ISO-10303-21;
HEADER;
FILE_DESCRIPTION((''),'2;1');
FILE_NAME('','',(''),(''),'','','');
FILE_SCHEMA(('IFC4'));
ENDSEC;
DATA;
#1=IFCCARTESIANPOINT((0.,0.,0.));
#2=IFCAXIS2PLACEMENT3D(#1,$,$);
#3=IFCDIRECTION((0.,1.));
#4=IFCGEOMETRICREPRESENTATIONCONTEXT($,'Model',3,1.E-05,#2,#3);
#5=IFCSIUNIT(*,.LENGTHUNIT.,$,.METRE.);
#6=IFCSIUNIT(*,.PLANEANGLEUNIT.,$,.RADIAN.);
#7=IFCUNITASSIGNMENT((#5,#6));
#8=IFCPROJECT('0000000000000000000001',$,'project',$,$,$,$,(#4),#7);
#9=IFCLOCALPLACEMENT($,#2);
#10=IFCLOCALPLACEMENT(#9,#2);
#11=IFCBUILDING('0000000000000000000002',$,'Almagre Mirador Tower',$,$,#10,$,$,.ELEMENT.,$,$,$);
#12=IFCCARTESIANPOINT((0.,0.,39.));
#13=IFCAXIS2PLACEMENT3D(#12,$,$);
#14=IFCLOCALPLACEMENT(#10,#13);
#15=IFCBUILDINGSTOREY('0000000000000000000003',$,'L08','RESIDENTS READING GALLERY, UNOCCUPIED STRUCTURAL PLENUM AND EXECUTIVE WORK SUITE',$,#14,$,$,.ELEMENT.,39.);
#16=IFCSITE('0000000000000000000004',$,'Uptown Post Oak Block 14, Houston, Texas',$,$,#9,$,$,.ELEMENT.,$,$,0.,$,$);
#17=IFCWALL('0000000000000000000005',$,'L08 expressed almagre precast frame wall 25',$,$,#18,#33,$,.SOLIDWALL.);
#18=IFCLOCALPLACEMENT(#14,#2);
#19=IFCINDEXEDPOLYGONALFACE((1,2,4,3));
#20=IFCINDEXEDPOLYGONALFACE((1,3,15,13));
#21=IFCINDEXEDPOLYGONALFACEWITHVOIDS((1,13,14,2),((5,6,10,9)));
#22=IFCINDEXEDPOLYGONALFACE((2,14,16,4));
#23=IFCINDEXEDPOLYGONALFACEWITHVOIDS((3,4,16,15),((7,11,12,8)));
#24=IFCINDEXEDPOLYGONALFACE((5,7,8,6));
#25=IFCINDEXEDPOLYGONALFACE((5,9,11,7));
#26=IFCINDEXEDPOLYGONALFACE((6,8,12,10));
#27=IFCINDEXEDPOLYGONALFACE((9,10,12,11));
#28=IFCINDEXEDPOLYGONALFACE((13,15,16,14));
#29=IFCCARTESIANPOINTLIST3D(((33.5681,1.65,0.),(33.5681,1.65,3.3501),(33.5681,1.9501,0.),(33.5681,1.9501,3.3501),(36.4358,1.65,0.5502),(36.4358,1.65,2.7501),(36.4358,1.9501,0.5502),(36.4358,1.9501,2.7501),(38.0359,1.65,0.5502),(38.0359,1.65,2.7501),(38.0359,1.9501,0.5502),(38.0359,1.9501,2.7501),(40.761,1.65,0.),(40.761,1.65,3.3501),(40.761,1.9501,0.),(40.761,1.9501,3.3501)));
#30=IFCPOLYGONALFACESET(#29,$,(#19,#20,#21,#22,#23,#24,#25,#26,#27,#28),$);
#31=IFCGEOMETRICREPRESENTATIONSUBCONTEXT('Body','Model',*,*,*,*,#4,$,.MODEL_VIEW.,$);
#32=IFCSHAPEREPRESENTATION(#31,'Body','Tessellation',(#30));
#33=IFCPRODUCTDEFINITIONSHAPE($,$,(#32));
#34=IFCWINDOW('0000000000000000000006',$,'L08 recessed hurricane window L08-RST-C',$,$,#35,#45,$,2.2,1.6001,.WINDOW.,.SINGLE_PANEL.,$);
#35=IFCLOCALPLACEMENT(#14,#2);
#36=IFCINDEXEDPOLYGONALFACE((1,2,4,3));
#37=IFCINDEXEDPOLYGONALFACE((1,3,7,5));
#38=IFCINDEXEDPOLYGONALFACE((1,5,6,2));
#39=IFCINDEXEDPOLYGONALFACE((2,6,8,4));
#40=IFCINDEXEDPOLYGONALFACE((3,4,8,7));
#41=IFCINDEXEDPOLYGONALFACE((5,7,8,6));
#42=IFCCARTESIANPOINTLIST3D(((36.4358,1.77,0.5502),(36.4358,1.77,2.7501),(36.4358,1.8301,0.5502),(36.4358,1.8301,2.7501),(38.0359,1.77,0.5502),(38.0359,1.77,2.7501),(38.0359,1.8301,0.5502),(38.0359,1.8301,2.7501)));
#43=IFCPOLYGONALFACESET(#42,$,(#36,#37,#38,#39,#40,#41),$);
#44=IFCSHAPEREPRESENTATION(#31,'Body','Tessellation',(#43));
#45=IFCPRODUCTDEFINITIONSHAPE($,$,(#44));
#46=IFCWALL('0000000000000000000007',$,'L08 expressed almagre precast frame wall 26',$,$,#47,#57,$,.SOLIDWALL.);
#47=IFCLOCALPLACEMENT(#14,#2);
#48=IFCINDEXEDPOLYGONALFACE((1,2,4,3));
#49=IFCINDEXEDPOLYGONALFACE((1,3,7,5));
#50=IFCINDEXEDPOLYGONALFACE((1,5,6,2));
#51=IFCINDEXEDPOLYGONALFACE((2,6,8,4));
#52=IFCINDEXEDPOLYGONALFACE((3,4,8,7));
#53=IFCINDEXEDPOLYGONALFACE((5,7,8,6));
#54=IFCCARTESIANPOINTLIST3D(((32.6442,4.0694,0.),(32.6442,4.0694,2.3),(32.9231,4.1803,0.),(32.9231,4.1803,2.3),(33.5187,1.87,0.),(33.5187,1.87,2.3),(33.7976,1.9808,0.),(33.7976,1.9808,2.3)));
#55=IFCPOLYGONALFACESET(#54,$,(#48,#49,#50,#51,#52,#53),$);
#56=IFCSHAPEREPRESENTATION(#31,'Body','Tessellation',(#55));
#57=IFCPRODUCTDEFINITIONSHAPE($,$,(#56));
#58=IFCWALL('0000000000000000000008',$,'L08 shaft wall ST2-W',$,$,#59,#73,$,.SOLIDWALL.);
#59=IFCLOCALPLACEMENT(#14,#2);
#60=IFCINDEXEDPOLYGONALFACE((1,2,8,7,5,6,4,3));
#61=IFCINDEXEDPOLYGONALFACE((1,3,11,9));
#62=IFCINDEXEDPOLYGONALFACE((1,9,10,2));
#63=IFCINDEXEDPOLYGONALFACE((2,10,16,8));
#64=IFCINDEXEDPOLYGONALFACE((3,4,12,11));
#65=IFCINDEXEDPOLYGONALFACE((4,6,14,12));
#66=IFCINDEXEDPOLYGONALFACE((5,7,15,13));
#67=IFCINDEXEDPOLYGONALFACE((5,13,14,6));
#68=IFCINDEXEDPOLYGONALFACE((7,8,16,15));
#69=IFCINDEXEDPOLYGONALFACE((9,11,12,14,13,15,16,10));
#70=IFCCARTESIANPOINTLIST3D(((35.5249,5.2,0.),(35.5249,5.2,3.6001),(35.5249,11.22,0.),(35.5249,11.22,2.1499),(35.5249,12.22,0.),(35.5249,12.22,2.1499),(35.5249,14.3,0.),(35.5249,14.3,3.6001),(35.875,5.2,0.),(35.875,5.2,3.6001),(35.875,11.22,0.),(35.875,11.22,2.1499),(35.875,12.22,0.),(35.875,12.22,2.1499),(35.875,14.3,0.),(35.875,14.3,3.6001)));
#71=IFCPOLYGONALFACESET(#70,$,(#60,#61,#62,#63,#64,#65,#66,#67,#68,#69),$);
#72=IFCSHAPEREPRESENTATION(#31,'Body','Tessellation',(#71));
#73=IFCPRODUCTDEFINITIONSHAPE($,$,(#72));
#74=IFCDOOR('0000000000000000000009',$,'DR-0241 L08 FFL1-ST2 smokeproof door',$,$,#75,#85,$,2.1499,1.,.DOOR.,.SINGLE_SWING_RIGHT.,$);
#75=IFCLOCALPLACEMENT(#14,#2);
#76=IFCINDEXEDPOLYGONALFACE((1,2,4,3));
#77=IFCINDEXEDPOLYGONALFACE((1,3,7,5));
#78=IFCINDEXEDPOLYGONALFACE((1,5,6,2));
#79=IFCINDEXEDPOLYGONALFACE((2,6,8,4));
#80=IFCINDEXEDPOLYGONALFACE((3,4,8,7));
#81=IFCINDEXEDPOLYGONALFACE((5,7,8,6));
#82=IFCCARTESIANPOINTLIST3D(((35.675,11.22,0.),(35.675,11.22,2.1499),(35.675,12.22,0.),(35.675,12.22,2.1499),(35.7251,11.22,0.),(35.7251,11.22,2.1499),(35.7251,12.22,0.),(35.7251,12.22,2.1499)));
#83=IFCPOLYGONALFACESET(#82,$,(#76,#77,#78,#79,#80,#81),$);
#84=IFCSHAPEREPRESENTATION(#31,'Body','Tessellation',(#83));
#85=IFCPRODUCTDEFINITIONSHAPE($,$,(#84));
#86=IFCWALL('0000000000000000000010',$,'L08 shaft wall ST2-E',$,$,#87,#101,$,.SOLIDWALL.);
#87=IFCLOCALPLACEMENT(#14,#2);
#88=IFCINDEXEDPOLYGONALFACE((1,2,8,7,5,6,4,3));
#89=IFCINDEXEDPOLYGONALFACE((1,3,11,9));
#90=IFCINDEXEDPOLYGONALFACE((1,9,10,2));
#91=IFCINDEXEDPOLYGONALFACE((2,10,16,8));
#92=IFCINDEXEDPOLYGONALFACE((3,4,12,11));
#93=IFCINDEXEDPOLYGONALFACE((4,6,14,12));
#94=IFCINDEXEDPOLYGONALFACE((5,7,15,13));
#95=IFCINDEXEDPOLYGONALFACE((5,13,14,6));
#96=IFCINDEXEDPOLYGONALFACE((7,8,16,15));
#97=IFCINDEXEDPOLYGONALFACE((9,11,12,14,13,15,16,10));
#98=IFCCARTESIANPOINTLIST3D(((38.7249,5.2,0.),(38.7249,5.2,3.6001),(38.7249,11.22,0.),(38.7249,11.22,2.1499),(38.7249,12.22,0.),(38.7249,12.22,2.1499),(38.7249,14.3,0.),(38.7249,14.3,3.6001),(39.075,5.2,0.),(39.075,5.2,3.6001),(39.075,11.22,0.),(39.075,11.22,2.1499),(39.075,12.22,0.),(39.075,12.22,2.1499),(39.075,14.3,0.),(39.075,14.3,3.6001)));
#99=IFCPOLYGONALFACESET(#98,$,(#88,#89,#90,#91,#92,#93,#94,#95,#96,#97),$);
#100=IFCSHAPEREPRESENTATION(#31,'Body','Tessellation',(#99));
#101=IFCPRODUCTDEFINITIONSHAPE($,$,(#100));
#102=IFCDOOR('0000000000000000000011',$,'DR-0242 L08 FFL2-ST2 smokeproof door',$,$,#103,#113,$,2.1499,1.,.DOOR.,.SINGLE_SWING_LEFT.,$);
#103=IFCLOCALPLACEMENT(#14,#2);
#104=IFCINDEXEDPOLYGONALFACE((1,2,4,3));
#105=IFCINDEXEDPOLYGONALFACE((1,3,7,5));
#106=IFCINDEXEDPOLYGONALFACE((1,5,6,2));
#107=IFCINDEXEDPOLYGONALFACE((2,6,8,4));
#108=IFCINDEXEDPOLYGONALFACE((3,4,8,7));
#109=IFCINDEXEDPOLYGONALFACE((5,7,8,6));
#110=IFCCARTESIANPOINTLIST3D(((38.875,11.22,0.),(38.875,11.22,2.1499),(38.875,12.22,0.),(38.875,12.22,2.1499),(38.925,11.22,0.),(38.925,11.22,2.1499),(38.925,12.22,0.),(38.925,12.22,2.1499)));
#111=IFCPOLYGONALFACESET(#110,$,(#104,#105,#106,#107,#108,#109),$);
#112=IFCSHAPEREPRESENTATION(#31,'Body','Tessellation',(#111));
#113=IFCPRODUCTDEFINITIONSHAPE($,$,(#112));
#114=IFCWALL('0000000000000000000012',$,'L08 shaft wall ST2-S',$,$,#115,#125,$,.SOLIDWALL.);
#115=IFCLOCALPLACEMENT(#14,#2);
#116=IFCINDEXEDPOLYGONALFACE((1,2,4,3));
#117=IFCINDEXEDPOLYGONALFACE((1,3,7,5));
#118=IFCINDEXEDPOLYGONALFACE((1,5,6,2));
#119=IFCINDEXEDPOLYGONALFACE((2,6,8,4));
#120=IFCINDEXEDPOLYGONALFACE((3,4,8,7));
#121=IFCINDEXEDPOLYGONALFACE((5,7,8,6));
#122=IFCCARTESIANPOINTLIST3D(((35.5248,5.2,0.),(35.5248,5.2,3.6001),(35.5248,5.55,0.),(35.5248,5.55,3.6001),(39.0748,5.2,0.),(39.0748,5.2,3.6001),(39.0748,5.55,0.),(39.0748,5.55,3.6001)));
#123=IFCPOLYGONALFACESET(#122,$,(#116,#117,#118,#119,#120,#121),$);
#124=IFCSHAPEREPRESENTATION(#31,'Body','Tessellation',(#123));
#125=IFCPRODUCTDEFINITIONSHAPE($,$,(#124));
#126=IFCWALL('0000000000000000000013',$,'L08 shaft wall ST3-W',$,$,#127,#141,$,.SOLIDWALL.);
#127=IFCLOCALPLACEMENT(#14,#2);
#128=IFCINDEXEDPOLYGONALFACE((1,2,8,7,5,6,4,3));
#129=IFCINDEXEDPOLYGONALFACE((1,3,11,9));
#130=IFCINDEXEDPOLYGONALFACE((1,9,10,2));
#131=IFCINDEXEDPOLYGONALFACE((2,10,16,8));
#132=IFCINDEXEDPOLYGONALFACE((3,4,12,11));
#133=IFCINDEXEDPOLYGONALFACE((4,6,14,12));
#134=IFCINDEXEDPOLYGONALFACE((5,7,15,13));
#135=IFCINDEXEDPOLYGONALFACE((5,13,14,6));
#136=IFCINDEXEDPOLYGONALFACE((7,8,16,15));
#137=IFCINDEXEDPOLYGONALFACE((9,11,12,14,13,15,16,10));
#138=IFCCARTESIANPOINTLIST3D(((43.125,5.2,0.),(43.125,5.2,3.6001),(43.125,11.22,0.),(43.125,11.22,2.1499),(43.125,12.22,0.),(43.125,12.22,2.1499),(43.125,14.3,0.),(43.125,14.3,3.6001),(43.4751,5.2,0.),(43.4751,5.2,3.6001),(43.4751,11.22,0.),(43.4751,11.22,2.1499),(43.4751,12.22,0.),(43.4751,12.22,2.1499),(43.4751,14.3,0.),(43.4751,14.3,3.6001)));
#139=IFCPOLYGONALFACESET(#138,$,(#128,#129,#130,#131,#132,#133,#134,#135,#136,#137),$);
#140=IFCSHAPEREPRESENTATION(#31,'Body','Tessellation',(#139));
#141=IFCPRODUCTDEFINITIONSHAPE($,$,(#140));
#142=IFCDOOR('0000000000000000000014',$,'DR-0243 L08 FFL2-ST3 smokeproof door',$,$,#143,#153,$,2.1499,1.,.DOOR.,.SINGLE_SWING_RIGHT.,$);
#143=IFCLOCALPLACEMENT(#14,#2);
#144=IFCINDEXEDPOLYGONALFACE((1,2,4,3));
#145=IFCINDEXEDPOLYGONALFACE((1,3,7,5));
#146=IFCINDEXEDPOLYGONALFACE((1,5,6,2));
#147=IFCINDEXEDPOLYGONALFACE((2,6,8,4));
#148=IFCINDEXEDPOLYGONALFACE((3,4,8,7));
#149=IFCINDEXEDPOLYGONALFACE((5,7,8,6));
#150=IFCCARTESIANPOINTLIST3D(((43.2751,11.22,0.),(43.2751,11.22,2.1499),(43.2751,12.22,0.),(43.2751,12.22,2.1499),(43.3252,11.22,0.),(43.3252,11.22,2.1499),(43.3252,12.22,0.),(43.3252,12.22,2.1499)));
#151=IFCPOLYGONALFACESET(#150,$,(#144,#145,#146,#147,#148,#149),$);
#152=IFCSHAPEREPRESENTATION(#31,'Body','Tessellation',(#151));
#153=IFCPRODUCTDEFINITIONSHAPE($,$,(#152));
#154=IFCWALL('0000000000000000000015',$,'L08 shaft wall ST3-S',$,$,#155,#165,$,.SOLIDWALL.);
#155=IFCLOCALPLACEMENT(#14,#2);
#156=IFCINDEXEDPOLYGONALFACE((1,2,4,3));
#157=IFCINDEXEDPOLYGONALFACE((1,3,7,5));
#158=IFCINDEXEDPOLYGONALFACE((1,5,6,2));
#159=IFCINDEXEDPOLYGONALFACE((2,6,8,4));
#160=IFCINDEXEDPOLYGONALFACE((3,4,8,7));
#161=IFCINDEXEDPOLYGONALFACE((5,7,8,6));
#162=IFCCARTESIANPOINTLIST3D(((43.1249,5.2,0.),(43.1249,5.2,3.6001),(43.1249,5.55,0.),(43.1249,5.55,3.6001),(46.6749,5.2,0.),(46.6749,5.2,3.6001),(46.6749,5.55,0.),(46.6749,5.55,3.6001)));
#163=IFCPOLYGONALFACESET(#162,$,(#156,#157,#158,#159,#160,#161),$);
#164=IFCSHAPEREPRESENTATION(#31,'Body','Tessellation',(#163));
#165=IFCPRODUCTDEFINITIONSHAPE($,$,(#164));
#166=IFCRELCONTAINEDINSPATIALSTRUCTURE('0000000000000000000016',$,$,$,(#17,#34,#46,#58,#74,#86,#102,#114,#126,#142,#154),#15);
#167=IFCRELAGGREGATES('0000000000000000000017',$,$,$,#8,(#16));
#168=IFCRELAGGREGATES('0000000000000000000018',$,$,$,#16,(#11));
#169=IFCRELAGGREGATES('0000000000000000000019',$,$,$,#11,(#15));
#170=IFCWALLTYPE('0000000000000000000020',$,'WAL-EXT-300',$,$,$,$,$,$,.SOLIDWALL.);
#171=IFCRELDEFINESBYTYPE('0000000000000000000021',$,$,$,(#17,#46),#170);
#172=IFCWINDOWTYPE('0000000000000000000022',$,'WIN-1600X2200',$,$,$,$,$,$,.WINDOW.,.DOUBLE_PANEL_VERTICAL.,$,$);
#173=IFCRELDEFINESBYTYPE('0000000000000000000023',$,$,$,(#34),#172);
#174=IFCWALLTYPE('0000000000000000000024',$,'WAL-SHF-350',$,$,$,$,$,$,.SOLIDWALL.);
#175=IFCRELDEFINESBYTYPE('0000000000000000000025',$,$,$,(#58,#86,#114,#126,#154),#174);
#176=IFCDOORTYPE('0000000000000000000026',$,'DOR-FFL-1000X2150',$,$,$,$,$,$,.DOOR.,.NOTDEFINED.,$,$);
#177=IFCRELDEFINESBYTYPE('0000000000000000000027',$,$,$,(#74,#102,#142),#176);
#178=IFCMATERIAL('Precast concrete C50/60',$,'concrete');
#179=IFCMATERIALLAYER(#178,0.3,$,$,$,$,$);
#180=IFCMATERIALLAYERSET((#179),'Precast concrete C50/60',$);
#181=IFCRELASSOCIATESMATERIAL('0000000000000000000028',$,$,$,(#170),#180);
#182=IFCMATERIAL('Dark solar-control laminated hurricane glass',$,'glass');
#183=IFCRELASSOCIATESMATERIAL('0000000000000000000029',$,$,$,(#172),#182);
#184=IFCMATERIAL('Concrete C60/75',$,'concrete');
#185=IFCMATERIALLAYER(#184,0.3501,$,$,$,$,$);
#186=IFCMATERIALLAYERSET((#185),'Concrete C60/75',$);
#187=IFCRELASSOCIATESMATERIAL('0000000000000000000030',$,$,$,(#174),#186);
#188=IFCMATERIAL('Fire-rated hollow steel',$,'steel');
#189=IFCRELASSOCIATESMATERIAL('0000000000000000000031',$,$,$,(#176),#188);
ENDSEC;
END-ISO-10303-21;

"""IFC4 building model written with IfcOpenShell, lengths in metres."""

from ifc_helpers import new_model, si_unit, direction, frame, frame_2d, origin, place, context, subcontext, project, spatial, rectangle, extrude, material, layer, layer_set, type_object, element, fill, save


model = new_model("IFC4")

# Units and contexts
model_context = context("Model", 3, precision=1e-05, world=origin(), true_north=direction((0.0, 1.0)))
body_context = subcontext(model_context, "Body", "Model", "MODEL_VIEW")
ifc_project = project(units=[si_unit("LENGTHUNIT", "METRE"), si_unit("PLANEANGLEUNIT", "RADIAN")], contexts=[model_context])

# Site, building, storey
site_placement = place(None, origin())
site = spatial("IfcSite", under=ifc_project, at=site_placement, Name="Uptown Post Oak Block 14, Houston, Texas", CompositionType="ELEMENT", RefElevation=0.0)
building_placement = place(site_placement, origin())
building = spatial("IfcBuilding", under=site, at=building_placement, Name="Almagre Mirador Tower", CompositionType="ELEMENT")
storey_placement = place(building_placement, frame((0.0, 0.0, 39.0)))
storey = spatial("IfcBuildingStorey", under=building, at=storey_placement, Name="L08", Description="RESIDENTS READING GALLERY, UNOCCUPIED STRUCTURAL PLENUM AND EXECUTIVE WORK SUITE", CompositionType="ELEMENT", Elevation=39.0)

# Wall, opening, window
ifc_material_1 = material(Name="Precast concrete C50/60", Category="concrete")
ifc_layer_1 = layer(ifc_material_1, 0.3)
ifc_layer_set_1 = layer_set([ifc_layer_1], Name="Precast concrete C50/60")
wall_type_1 = type_object("IfcWallType", Name="WAL-EXT-300", PredefinedType="SOLIDWALL", material=ifc_layer_set_1)
wall_1_placement = place(storey_placement, frame((40.761, 1.8, 0.0), z_axis=(0.0, 0.0, 1.0), x_axis=(-1.0, 0.0, 0.0)))
wall_1 = element("IfcWall", 1, at=wall_1_placement, inside=storey, type_object=wall_type_1, Name="L08 expressed almagre precast frame wall 25", PredefinedType="SOLIDWALL", context=body_context, shape_type="SweptSolid", body=[
    extrude(rectangle(XDim=7.1929, YDim=0.3, at=frame_2d((3.5964, 0.0))), origin(), (0.0, 0.0, 1.0), 3.3501),
])
opening_1_placement = place(wall_1_placement, frame((2.7251, 0.0, 0.55)))
opening_1 = element("IfcOpeningElement", 2, at=opening_1_placement, cuts=wall_1, PredefinedType="OPENING", context=body_context, shape_type="SweptSolid", body=[
    extrude(rectangle(XDim=1.6001, YDim=2.2, at=frame_2d((0.8, 1.1001))), frame((0.0, 0.1599, 0.0), z_axis=(0.0, -1.0, 0.0), x_axis=(1.0, 0.0, 0.0)), (0.0, 0.0, 1.0), 0.32),
])
ifc_material_2 = material(Name="Dark solar-control laminated hurricane glass", Category="glass")
window_type = type_object("IfcWindowType", Name="WIN-1600X2200", PartitioningType="DOUBLE_PANEL_VERTICAL", PredefinedType="WINDOW", material=ifc_material_2)
window_placement = place(opening_1_placement, origin())
window = element("IfcWindow", 3, at=window_placement, inside=storey, type_object=window_type, Name="L08 recessed hurricane window L08-RST-C", OverallHeight=2.2, OverallWidth=1.6001, PartitioningType="SINGLE_PANEL", PredefinedType="WINDOW", context=body_context, shape_type="SweptSolid", body=[
    extrude(rectangle(XDim=1.6001, YDim=2.2, at=frame_2d((0.8, 1.1001))), frame((0.0, 0.03, 0.0), z_axis=(0.0, -1.0, 0.0), x_axis=(1.0, 0.0, 0.0)), (0.0, 0.0, 1.0), 0.0601),
])
fill(opening_1, window)

# Wall
wall_2_placement = place(storey_placement, frame((33.6582, 1.9253, 0.0), z_axis=(0.0, 0.0, 1.0), x_axis=(-0.369469, 0.929243, 0.0)))
element("IfcWall", 4, at=wall_2_placement, inside=storey, type_object=wall_type_1, Name="L08 expressed almagre precast frame wall 26", PredefinedType="SOLIDWALL", context=body_context, shape_type="SweptSolid", body=[
    extrude(rectangle(XDim=2.3669, YDim=0.3, at=frame_2d((1.1836, 0.0))), origin(), (0.0, 0.0, 1.0), 2.3),
])

# Walls, openings, doors
ifc_material_3 = material(Name="Concrete C60/75", Category="concrete")
ifc_layer_2 = layer(ifc_material_3, 0.3501)
ifc_layer_set_2 = layer_set([ifc_layer_2], Name="Concrete C60/75")
wall_type_2 = type_object("IfcWallType", Name="WAL-SHF-350", PredefinedType="SOLIDWALL", material=ifc_layer_set_2)
wall_3_placement = place(storey_placement, frame((35.7, 5.2, 0.0), z_axis=(0.0, 0.0, 1.0), x_axis=(0.0, 1.0, 0.0)))
wall_3 = element("IfcWall", 5, at=wall_3_placement, inside=storey, type_object=wall_type_2, Name="L08 shaft wall ST2-W", PredefinedType="SOLIDWALL", context=body_context, shape_type="SweptSolid", body=[
    extrude(rectangle(XDim=9.1001, YDim=0.3501, at=frame_2d((4.55, 0.0))), origin(), (0.0, 0.0, 1.0), 3.6001),
])
opening_2_placement = place(wall_3_placement, frame((6.02, 0.0, 0.0)))
opening_2 = element("IfcOpeningElement", 6, at=opening_2_placement, cuts=wall_3, PredefinedType="OPENING", context=body_context, shape_type="SweptSolid", body=[
    extrude(rectangle(XDim=1.0, YDim=2.1499, at=frame_2d((0.5, 1.075))), frame((0.0, 0.185, 0.0), z_axis=(0.0, -1.0, 0.0), x_axis=(1.0, 0.0, 0.0)), (0.0, 0.0, 1.0), 0.3701),
])
ifc_material_4 = material(Name="Fire-rated hollow steel", Category="steel")
door_type_1 = type_object("IfcDoorType", Name="DOR-FFL-1000X2150", OperationType="NOTDEFINED", PredefinedType="DOOR", material=ifc_material_4)
door_1_placement = place(opening_2_placement, origin())
door_1 = element("IfcDoor", 7, at=door_1_placement, inside=storey, type_object=door_type_1, Name="DR-0241 L08 FFL1-ST2 smokeproof door", OperationType="SINGLE_SWING_RIGHT", OverallHeight=2.1499, OverallWidth=1.0, PredefinedType="DOOR", context=body_context, shape_type="SweptSolid", body=[
    extrude(rectangle(XDim=1.0, YDim=2.1499, at=frame_2d((0.5, 1.075))), frame((0.0, 0.0249, 0.0), z_axis=(0.0, -1.0, 0.0), x_axis=(1.0, 0.0, 0.0)), (0.0, 0.0, 1.0), 0.05),
])
fill(opening_2, door_1)
wall_4_placement = place(storey_placement, frame((38.8999, 5.2, 0.0), z_axis=(0.0, 0.0, 1.0), x_axis=(0.0, 1.0, 0.0)))
wall_4 = element("IfcWall", 8, at=wall_4_placement, inside=storey, type_object=wall_type_2, Name="L08 shaft wall ST2-E", PredefinedType="SOLIDWALL", context=body_context, shape_type="SweptSolid", body=[
    extrude(rectangle(XDim=9.1001, YDim=0.3501, at=frame_2d((4.55, 0.0))), origin(), (0.0, 0.0, 1.0), 3.6001),
])
opening_3_placement = place(wall_4_placement, frame((6.02, 0.0, 0.0)))
opening_3 = element("IfcOpeningElement", 9, at=opening_3_placement, cuts=wall_4, PredefinedType="OPENING", context=body_context, shape_type="SweptSolid", body=[
    extrude(rectangle(XDim=1.0, YDim=2.1499, at=frame_2d((0.5, 1.075))), frame((0.0, 0.185, 0.0), z_axis=(0.0, -1.0, 0.0), x_axis=(1.0, 0.0, 0.0)), (0.0, 0.0, 1.0), 0.3701),
])
door_2_placement = place(opening_3_placement, origin())
door_2 = element("IfcDoor", 10, at=door_2_placement, inside=storey, type_object=door_type_1, Name="DR-0242 L08 FFL2-ST2 smokeproof door", OperationType="SINGLE_SWING_LEFT", OverallHeight=2.1499, OverallWidth=1.0, PredefinedType="DOOR", context=body_context, shape_type="SweptSolid", body=[
    extrude(rectangle(XDim=1.0, YDim=2.1499, at=frame_2d((0.5, 1.075))), frame((0.0, 0.0249, 0.0), z_axis=(0.0, -1.0, 0.0), x_axis=(1.0, 0.0, 0.0)), (0.0, 0.0, 1.0), 0.05),
])
fill(opening_3, door_2)

# Wall
wall_5_placement = place(storey_placement, frame((35.5249, 5.375, 0.0), z_axis=(0.0, 0.0, 1.0), x_axis=(1.0, 0.0, 0.0)))
element("IfcWall", 11, at=wall_5_placement, inside=storey, type_object=wall_type_2, Name="L08 shaft wall ST2-S", PredefinedType="SOLIDWALL", context=body_context, shape_type="SweptSolid", body=[
    extrude(rectangle(XDim=3.55, YDim=0.3501, at=frame_2d((1.7749, 0.0))), origin(), (0.0, 0.0, 1.0), 3.6001),
])

# Wall, opening, door
wall_6_placement = place(storey_placement, frame((43.3, 5.2, 0.0), z_axis=(0.0, 0.0, 1.0), x_axis=(0.0, 1.0, 0.0)))
wall_6 = element("IfcWall", 12, at=wall_6_placement, inside=storey, type_object=wall_type_2, Name="L08 shaft wall ST3-W", PredefinedType="SOLIDWALL", context=body_context, shape_type="SweptSolid", body=[
    extrude(rectangle(XDim=9.1001, YDim=0.3501, at=frame_2d((4.55, 0.0))), origin(), (0.0, 0.0, 1.0), 3.6001),
])
opening_4_placement = place(wall_6_placement, frame((6.02, 0.0, 0.0)))
opening_4 = element("IfcOpeningElement", 13, at=opening_4_placement, cuts=wall_6, PredefinedType="OPENING", context=body_context, shape_type="SweptSolid", body=[
    extrude(rectangle(XDim=1.0, YDim=2.1499, at=frame_2d((0.5, 1.075))), frame((0.0, 0.185, 0.0), z_axis=(0.0, -1.0, 0.0), x_axis=(1.0, 0.0, 0.0)), (0.0, 0.0, 1.0), 0.3701),
])
door_3_placement = place(opening_4_placement, origin())
door_3 = element("IfcDoor", 14, at=door_3_placement, inside=storey, type_object=door_type_1, Name="DR-0243 L08 FFL2-ST3 smokeproof door", OperationType="SINGLE_SWING_RIGHT", OverallHeight=2.1499, OverallWidth=1.0, PredefinedType="DOOR", context=body_context, shape_type="SweptSolid", body=[
    extrude(rectangle(XDim=1.0, YDim=2.1499, at=frame_2d((0.5, 1.075))), frame((0.0, 0.0249, 0.0), z_axis=(0.0, -1.0, 0.0), x_axis=(1.0, 0.0, 0.0)), (0.0, 0.0, 1.0), 0.05),
])
fill(opening_4, door_3)

# Wall
wall_7_placement = place(storey_placement, frame((43.125, 5.375, 0.0), z_axis=(0.0, 0.0, 1.0), x_axis=(1.0, 0.0, 0.0)))
element("IfcWall", 15, at=wall_7_placement, inside=storey, type_object=wall_type_2, Name="L08 shaft wall ST3-S", PredefinedType="SOLIDWALL", context=body_context, shape_type="SweptSolid", body=[
    extrude(rectangle(XDim=3.55, YDim=0.3501, at=frame_2d((1.7749, 0.0))), origin(), (0.0, 0.0, 1.0), 3.6001),
])

save(model, "model.ifc")
